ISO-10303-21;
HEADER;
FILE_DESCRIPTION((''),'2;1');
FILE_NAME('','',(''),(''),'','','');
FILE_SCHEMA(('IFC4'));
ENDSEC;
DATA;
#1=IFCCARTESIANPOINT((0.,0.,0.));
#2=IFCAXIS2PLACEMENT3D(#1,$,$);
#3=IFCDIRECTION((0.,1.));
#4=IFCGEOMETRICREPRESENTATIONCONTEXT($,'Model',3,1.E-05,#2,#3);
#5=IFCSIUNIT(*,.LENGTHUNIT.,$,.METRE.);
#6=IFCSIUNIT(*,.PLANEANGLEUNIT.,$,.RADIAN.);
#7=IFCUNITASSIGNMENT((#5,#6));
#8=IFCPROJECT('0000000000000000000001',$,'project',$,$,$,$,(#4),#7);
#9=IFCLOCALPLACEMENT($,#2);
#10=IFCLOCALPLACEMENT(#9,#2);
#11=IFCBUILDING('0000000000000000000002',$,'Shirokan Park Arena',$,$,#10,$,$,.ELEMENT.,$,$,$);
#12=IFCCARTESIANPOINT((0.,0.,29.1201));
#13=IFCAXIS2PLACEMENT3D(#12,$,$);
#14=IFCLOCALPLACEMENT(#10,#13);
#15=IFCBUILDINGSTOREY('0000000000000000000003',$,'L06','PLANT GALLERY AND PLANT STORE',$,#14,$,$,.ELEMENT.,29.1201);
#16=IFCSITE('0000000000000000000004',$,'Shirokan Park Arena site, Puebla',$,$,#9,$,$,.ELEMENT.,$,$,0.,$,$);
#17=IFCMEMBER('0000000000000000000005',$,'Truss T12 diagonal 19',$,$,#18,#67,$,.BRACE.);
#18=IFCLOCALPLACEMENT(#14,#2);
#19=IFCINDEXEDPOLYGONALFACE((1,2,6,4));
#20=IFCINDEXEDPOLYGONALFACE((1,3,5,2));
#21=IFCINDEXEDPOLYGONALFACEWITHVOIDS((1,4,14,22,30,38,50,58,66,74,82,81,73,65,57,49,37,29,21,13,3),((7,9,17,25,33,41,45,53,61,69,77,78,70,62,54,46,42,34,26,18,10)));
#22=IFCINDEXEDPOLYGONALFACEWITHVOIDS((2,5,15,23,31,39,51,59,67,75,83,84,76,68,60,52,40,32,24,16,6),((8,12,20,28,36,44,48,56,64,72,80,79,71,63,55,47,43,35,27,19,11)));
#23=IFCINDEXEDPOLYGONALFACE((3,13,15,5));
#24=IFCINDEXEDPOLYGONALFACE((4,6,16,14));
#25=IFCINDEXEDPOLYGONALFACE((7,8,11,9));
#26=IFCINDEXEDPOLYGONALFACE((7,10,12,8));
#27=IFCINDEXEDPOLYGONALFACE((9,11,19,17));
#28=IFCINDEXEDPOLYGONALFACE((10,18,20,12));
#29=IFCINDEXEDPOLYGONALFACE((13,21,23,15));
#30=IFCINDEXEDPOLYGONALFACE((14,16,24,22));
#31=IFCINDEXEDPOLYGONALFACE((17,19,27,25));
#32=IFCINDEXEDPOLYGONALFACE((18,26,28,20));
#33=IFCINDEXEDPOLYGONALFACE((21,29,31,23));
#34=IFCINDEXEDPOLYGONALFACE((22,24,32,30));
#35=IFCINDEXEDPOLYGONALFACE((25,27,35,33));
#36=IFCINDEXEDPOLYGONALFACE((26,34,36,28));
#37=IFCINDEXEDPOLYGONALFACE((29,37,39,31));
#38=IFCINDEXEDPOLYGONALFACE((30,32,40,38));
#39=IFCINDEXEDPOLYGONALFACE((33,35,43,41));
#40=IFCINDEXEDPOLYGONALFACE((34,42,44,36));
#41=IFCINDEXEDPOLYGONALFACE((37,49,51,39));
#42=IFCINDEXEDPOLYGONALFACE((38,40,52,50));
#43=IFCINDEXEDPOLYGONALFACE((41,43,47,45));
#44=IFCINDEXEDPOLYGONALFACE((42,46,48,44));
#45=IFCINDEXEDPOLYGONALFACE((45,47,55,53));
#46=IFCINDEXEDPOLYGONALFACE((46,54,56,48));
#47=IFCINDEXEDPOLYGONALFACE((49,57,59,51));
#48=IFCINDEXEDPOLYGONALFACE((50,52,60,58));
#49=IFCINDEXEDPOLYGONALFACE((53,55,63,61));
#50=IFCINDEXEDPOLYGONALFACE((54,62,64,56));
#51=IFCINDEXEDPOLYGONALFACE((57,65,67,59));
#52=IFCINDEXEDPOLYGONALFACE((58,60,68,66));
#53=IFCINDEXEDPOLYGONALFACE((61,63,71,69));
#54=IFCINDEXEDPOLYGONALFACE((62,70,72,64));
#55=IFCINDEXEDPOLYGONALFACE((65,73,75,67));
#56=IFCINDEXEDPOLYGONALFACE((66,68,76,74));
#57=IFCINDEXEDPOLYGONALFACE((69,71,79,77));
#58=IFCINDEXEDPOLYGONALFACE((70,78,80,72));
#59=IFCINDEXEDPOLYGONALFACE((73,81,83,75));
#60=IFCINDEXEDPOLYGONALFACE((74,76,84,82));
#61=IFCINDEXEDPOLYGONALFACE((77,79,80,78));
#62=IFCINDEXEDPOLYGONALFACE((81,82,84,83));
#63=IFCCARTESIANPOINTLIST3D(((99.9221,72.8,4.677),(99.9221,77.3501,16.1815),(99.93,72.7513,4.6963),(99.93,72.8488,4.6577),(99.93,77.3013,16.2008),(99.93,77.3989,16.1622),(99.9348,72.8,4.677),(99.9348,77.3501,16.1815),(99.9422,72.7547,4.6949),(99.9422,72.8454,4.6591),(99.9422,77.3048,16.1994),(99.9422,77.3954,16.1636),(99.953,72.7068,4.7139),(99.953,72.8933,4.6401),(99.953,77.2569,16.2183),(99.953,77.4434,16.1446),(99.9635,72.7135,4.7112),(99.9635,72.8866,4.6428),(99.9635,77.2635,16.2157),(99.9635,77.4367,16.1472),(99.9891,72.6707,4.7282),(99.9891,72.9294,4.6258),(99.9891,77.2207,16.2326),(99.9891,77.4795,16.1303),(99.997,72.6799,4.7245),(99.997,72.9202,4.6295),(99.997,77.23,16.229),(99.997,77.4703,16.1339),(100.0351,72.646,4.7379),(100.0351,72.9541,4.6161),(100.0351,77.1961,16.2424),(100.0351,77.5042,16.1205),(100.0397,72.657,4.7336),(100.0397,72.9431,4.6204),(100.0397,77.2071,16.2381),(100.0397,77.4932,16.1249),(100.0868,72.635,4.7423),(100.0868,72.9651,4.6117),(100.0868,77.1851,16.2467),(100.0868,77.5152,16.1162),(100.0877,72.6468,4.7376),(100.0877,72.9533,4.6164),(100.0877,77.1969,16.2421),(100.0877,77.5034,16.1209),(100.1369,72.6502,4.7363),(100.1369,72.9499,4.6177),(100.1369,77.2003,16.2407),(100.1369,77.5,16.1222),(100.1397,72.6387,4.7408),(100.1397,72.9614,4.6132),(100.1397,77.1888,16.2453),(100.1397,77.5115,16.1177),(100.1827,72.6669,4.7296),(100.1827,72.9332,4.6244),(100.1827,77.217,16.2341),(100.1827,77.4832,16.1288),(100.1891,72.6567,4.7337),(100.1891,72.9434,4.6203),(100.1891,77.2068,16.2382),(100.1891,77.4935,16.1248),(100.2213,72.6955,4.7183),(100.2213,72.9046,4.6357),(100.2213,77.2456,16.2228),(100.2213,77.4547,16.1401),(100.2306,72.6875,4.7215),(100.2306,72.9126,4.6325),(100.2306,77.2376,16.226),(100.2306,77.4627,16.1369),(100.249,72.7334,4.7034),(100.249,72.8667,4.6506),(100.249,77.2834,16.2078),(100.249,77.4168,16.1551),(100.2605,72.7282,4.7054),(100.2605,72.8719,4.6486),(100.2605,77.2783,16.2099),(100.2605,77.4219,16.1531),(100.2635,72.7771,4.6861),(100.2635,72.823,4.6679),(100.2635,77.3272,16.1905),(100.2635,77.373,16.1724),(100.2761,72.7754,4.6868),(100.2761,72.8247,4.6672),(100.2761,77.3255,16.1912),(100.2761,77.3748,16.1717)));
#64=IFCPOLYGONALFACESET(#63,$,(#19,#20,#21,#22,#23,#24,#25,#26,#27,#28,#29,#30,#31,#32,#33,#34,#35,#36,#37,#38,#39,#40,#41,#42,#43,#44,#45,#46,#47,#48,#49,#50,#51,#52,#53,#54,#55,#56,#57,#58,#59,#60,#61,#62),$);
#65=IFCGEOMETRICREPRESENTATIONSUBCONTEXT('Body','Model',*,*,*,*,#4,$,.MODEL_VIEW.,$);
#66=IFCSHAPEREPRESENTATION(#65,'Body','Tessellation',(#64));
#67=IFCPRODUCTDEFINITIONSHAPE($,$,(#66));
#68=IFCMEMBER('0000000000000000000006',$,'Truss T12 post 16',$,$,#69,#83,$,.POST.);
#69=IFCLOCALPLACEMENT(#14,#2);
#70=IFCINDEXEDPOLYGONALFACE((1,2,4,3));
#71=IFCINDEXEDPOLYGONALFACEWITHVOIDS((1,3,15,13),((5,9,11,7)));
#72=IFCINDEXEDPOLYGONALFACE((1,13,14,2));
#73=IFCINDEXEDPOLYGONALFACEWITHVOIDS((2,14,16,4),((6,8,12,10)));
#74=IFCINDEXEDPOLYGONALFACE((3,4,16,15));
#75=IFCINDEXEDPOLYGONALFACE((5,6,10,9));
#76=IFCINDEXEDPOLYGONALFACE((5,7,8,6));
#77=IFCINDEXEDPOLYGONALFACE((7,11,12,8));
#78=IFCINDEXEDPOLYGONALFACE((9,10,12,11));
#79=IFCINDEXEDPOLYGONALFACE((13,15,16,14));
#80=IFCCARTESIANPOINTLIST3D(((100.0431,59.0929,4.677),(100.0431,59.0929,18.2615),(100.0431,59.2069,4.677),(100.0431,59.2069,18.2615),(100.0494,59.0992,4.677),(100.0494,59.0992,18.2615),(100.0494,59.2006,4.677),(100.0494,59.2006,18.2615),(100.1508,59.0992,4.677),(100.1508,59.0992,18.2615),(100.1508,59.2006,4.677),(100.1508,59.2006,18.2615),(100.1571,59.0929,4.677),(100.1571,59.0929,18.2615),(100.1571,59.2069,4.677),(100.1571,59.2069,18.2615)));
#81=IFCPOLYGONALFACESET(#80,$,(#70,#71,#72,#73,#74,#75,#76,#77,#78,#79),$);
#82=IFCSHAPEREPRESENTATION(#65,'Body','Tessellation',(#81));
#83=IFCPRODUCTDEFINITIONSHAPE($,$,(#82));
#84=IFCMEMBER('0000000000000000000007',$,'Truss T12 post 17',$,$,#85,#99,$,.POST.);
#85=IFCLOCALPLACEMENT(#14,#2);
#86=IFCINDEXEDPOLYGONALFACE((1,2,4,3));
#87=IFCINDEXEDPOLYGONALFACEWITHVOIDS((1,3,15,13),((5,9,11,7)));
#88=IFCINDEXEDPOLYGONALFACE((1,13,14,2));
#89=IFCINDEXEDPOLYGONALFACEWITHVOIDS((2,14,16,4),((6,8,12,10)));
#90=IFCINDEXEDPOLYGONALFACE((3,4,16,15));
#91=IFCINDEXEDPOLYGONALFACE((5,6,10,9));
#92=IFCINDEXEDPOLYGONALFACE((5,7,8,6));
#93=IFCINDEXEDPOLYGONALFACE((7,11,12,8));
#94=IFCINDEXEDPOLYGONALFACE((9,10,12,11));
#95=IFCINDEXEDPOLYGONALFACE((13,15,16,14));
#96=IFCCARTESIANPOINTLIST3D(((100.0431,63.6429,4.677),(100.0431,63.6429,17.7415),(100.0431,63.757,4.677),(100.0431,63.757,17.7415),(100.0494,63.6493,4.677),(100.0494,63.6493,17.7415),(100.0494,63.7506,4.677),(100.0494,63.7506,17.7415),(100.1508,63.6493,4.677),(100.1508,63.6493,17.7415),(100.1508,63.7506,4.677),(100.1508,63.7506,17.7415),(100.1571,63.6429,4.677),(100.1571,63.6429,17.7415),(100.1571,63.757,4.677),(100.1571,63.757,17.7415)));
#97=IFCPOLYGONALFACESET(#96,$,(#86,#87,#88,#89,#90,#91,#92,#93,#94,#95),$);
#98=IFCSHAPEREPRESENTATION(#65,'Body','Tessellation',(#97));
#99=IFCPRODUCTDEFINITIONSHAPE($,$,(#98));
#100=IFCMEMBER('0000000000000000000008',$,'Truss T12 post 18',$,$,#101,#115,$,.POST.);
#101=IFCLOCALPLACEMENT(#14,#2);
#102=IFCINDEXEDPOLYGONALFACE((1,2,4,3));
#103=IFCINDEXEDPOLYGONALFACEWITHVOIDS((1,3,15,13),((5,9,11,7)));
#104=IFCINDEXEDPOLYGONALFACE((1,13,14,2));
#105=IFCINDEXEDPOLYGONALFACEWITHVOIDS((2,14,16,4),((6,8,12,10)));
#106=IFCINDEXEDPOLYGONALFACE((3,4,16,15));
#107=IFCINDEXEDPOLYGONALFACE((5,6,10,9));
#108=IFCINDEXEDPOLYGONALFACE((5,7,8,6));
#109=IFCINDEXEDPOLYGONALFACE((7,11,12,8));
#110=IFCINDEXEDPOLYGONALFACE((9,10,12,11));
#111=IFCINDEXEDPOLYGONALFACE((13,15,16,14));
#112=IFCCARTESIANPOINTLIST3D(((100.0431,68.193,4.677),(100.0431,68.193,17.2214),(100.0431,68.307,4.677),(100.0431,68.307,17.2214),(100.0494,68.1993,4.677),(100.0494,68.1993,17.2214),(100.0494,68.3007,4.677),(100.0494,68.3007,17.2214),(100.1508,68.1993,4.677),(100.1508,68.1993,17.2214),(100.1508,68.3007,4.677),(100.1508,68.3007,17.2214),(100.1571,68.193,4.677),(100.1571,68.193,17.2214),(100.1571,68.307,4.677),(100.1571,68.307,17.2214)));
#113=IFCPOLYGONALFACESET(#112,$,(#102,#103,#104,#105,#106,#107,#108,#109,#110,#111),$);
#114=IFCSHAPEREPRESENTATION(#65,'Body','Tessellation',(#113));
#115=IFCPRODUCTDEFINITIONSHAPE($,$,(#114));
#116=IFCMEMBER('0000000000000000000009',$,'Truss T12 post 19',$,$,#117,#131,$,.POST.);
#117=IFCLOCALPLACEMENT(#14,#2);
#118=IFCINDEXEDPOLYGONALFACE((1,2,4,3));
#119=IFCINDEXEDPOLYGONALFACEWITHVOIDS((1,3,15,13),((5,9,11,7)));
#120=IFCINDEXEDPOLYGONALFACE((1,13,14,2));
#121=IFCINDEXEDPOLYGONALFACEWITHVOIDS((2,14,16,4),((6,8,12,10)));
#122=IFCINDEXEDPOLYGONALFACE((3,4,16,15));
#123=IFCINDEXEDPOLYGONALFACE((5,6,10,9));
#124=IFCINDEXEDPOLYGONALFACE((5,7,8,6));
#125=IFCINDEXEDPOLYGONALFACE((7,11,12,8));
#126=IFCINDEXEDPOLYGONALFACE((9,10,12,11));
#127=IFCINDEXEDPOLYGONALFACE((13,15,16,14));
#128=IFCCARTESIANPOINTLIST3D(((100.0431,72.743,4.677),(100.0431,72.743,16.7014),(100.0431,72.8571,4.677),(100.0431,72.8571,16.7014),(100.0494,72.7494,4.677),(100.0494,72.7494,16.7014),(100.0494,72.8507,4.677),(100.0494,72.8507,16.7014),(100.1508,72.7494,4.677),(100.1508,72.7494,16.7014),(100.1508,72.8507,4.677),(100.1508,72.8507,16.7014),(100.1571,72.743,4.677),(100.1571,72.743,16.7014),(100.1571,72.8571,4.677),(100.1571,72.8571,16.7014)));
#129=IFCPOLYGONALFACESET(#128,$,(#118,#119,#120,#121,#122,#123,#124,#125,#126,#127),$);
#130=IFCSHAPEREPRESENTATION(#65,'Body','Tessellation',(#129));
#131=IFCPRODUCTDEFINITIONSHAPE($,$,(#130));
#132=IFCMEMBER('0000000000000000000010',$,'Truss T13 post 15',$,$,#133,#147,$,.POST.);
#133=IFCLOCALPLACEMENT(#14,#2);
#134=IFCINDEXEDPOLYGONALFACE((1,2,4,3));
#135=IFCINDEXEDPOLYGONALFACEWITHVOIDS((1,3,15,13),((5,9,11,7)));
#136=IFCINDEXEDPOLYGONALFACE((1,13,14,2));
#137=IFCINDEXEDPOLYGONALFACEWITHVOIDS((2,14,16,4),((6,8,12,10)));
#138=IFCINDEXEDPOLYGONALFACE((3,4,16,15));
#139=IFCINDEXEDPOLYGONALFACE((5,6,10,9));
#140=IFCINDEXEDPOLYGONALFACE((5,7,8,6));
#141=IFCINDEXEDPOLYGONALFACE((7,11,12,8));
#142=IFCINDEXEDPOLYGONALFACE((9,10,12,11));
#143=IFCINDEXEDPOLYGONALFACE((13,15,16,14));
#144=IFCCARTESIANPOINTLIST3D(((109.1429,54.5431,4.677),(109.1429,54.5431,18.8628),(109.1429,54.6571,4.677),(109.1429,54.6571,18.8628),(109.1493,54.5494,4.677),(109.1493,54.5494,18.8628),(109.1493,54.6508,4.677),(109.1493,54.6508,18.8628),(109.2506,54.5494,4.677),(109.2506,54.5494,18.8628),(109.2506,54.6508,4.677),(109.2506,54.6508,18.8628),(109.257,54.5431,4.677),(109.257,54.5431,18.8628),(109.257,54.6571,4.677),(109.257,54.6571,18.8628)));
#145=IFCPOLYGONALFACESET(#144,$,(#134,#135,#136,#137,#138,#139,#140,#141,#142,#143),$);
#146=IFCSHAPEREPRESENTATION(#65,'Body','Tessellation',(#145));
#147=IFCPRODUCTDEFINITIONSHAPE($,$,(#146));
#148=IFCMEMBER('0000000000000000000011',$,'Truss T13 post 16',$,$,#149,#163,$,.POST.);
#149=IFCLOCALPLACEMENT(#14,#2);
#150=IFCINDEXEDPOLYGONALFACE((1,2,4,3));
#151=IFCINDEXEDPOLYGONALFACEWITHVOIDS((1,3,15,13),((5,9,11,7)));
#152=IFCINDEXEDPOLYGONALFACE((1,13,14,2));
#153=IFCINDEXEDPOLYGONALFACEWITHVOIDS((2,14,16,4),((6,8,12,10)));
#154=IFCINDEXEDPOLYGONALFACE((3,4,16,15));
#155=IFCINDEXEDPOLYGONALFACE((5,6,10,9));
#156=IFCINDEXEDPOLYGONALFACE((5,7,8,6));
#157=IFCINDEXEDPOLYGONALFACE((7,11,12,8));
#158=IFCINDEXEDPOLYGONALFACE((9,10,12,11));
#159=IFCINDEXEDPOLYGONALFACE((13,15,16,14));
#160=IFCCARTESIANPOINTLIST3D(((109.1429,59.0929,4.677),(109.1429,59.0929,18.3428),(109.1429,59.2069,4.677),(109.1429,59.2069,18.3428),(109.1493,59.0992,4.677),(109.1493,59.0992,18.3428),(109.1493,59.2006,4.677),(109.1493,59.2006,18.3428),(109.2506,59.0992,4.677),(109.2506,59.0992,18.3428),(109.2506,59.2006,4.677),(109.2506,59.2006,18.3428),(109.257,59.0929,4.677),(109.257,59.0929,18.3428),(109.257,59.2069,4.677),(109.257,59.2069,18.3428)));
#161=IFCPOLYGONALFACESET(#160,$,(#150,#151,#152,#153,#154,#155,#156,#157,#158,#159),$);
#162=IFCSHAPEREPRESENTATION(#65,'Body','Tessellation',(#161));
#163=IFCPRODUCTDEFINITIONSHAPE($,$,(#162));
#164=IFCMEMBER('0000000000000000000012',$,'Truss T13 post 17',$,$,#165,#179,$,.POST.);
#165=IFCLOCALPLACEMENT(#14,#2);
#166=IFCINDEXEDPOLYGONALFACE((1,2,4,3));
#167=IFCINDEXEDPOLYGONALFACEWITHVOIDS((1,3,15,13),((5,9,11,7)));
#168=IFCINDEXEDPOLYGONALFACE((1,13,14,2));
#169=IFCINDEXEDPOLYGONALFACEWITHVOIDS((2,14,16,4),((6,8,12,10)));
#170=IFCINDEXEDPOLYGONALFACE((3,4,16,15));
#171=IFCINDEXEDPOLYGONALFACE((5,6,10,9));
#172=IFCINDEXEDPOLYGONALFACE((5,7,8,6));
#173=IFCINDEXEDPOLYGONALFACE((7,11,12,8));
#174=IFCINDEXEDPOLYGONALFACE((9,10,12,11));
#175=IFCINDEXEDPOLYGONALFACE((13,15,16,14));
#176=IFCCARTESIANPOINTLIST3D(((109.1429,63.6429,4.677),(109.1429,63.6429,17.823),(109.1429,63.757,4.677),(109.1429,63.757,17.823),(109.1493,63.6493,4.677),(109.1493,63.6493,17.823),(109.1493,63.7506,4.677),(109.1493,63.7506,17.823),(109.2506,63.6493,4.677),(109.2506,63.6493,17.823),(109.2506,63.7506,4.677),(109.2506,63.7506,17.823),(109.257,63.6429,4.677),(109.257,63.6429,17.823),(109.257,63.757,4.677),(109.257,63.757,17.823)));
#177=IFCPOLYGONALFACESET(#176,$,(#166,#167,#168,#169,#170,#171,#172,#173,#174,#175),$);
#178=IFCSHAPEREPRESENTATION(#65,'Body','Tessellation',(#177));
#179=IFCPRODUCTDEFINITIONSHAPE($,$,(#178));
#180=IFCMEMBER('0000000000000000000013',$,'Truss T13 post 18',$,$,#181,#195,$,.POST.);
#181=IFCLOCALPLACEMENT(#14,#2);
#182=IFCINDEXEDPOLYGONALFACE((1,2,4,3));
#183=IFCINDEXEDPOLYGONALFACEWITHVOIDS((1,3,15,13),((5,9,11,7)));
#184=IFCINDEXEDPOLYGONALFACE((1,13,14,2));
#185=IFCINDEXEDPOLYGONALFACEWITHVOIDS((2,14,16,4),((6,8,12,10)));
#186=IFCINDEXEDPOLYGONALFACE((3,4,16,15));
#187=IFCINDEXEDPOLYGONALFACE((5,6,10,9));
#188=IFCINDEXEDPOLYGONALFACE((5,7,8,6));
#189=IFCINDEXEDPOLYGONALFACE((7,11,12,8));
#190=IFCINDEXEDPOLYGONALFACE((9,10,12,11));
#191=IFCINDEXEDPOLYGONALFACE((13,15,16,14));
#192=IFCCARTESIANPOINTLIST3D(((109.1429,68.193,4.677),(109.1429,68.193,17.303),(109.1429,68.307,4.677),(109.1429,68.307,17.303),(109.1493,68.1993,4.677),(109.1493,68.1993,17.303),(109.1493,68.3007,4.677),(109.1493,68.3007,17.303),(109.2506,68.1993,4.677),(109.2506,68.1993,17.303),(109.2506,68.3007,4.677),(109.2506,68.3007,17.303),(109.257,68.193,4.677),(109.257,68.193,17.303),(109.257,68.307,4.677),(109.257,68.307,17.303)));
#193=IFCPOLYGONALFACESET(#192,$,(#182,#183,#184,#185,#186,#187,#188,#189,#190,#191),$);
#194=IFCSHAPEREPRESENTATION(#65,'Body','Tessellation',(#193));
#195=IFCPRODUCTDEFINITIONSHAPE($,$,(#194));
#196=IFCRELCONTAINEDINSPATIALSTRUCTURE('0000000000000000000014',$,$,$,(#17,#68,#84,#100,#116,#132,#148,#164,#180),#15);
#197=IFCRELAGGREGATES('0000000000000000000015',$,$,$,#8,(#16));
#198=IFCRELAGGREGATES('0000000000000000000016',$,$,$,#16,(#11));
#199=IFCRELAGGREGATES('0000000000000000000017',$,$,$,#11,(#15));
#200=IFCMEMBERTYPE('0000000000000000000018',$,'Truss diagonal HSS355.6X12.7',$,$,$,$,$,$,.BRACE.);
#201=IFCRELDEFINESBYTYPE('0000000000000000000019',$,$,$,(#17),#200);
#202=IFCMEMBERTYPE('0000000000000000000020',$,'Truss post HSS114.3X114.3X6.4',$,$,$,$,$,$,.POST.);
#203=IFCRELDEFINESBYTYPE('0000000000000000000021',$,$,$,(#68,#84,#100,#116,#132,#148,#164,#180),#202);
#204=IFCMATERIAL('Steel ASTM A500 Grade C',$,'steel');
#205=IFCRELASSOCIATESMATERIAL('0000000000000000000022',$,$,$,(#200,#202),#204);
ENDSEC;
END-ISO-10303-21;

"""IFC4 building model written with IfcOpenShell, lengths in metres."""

from ifc_helpers import new_model, si_unit, direction, frame, origin, origin_2d, place, context, subcontext, project, spatial, hollow_rectangle, hollow_circle, extrude, material, material_profile, profile_set, type_object, element, save


model = new_model("IFC4")

# Units and contexts
model_context = context("Model", 3, precision=1e-05, world=origin(), true_north=direction((0.0, 1.0)))
body_context = subcontext(model_context, "Body", "Model", "MODEL_VIEW")
ifc_project = project(units=[si_unit("LENGTHUNIT", "METRE"), si_unit("PLANEANGLEUNIT", "RADIAN")], contexts=[model_context])

# Site, building, storey
site_placement = place(None, origin())
site = spatial("IfcSite", under=ifc_project, at=site_placement, Name="Shirokan Park Arena site, Puebla", CompositionType="ELEMENT", RefElevation=0.0)
building_placement = place(site_placement, origin())
building = spatial("IfcBuilding", under=site, at=building_placement, Name="Shirokan Park Arena", CompositionType="ELEMENT")
storey_placement = place(building_placement, frame((0.0, 0.0, 29.1201)))
storey = spatial("IfcBuildingStorey", under=building, at=storey_placement, Name="L06", Description="PLANT GALLERY AND PLANT STORE", CompositionType="ELEMENT", Elevation=29.1201)

# Members
ifc_material_1 = material(Name="Steel ASTM A500 Grade C", Category="steel")
ifc_material_profile_1 = material_profile(ifc_material_1, hollow_circle(Radius=0.178, WallThickness=0.0127, at=origin_2d()), Name="HSS355.6X12.7")
ifc_profile_set_1 = profile_set([ifc_material_profile_1], Name="Steel ASTM A500 Grade C")
member_type_1 = type_object("IfcMemberType", Name="Truss diagonal HSS355.6X12.7", PredefinedType="BRACE", material=ifc_profile_set_1)
member_1_placement = place(storey_placement, frame((100.1001, 72.8, 4.677), z_axis=(0.0, 0.367785, 0.929911), x_axis=(-1.0, 0.0, 0.0)))
element("IfcMember", 1, at=member_1_placement, inside=storey, type_object=member_type_1, Name="Truss T12 diagonal 19", PredefinedType="BRACE", context=body_context, shape_type="SweptSolid", body=[
    extrude(hollow_circle(Radius=0.178, WallThickness=0.0127, at=origin_2d()), origin(), (0.0, 0.0, 1.0), 12.3716),
])
ifc_material_profile_2 = material_profile(ifc_material_1, hollow_rectangle(XDim=0.114, YDim=0.114, WallThickness=0.0063, at=origin_2d()), Name="HSS114.3X114.3X6.4")
ifc_profile_set_2 = profile_set([ifc_material_profile_2], Name="Steel ASTM A500 Grade C")
member_type_2 = type_object("IfcMemberType", Name="Truss post HSS114.3X114.3X6.4", PredefinedType="POST", material=ifc_profile_set_2)
member_2_placement = place(storey_placement, frame((100.1001, 59.1499, 4.677), z_axis=(0.0, 0.0, 1.0), x_axis=(1.0, 0.0, 0.0)))
element("IfcMember", 2, at=member_2_placement, inside=storey, type_object=member_type_2, Name="Truss T12 post 16", PredefinedType="POST", context=body_context, shape_type="SweptSolid", body=[
    extrude(hollow_rectangle(XDim=0.114, YDim=0.114, WallThickness=0.0063, at=origin_2d()), origin(), (0.0, 0.0, 1.0), 13.5845),
])
member_3_placement = place(storey_placement, frame((100.1001, 63.7, 4.677), z_axis=(0.0, 0.0, 1.0), x_axis=(1.0, 0.0, 0.0)))
element("IfcMember", 3, at=member_3_placement, inside=storey, type_object=member_type_2, Name="Truss T12 post 17", PredefinedType="POST", context=body_context, shape_type="SweptSolid", body=[
    extrude(hollow_rectangle(XDim=0.114, YDim=0.114, WallThickness=0.0063, at=origin_2d()), origin(), (0.0, 0.0, 1.0), 13.0645),
])
member_4_placement = place(storey_placement, frame((100.1001, 68.25, 4.677), z_axis=(0.0, 0.0, 1.0), x_axis=(1.0, 0.0, 0.0)))
element("IfcMember", 4, at=member_4_placement, inside=storey, type_object=member_type_2, Name="Truss T12 post 18", PredefinedType="POST", context=body_context, shape_type="SweptSolid", body=[
    extrude(hollow_rectangle(XDim=0.114, YDim=0.114, WallThickness=0.0063, at=origin_2d()), origin(), (0.0, 0.0, 1.0), 12.5444),
])
member_5_placement = place(storey_placement, frame((100.1001, 72.8, 4.677), z_axis=(0.0, 0.0, 1.0), x_axis=(1.0, 0.0, 0.0)))
element("IfcMember", 5, at=member_5_placement, inside=storey, type_object=member_type_2, Name="Truss T12 post 19", PredefinedType="POST", context=body_context, shape_type="SweptSolid", body=[
    extrude(hollow_rectangle(XDim=0.114, YDim=0.114, WallThickness=0.0063, at=origin_2d()), origin(), (0.0, 0.0, 1.0), 12.0244),
])
member_6_placement = place(storey_placement, frame((109.2, 54.6001, 4.677), z_axis=(0.0, 0.0, 1.0), x_axis=(1.0, 0.0, 0.0)))
element("IfcMember", 6, at=member_6_placement, inside=storey, type_object=member_type_2, Name="Truss T13 post 15", PredefinedType="POST", context=body_context, shape_type="SweptSolid", body=[
    extrude(hollow_rectangle(XDim=0.114, YDim=0.114, WallThickness=0.0063, at=origin_2d()), origin(), (0.0, 0.0, 1.0), 14.1858),
])
member_7_placement = place(storey_placement, frame((109.2, 59.1499, 4.677), z_axis=(0.0, 0.0, 1.0), x_axis=(1.0, 0.0, 0.0)))
element("IfcMember", 7, at=member_7_placement, inside=storey, type_object=member_type_2, Name="Truss T13 post 16", PredefinedType="POST", context=body_context, shape_type="SweptSolid", body=[
    extrude(hollow_rectangle(XDim=0.114, YDim=0.114, WallThickness=0.0063, at=origin_2d()), origin(), (0.0, 0.0, 1.0), 13.6658),
])
member_8_placement = place(storey_placement, frame((109.2, 63.7, 4.677), z_axis=(0.0, 0.0, 1.0), x_axis=(1.0, 0.0, 0.0)))
element("IfcMember", 8, at=member_8_placement, inside=storey, type_object=member_type_2, Name="Truss T13 post 17", PredefinedType="POST", context=body_context, shape_type="SweptSolid", body=[
    extrude(hollow_rectangle(XDim=0.114, YDim=0.114, WallThickness=0.0063, at=origin_2d()), origin(), (0.0, 0.0, 1.0), 13.146),
])
member_9_placement = place(storey_placement, frame((109.2, 68.25, 4.677), z_axis=(0.0, 0.0, 1.0), x_axis=(1.0, 0.0, 0.0)))
element("IfcMember", 9, at=member_9_placement, inside=storey, type_object=member_type_2, Name="Truss T13 post 18", PredefinedType="POST", context=body_context, shape_type="SweptSolid", body=[
    extrude(hollow_rectangle(XDim=0.114, YDim=0.114, WallThickness=0.0063, at=origin_2d()), origin(), (0.0, 0.0, 1.0), 12.626),
])

save(model, "model.ifc")
